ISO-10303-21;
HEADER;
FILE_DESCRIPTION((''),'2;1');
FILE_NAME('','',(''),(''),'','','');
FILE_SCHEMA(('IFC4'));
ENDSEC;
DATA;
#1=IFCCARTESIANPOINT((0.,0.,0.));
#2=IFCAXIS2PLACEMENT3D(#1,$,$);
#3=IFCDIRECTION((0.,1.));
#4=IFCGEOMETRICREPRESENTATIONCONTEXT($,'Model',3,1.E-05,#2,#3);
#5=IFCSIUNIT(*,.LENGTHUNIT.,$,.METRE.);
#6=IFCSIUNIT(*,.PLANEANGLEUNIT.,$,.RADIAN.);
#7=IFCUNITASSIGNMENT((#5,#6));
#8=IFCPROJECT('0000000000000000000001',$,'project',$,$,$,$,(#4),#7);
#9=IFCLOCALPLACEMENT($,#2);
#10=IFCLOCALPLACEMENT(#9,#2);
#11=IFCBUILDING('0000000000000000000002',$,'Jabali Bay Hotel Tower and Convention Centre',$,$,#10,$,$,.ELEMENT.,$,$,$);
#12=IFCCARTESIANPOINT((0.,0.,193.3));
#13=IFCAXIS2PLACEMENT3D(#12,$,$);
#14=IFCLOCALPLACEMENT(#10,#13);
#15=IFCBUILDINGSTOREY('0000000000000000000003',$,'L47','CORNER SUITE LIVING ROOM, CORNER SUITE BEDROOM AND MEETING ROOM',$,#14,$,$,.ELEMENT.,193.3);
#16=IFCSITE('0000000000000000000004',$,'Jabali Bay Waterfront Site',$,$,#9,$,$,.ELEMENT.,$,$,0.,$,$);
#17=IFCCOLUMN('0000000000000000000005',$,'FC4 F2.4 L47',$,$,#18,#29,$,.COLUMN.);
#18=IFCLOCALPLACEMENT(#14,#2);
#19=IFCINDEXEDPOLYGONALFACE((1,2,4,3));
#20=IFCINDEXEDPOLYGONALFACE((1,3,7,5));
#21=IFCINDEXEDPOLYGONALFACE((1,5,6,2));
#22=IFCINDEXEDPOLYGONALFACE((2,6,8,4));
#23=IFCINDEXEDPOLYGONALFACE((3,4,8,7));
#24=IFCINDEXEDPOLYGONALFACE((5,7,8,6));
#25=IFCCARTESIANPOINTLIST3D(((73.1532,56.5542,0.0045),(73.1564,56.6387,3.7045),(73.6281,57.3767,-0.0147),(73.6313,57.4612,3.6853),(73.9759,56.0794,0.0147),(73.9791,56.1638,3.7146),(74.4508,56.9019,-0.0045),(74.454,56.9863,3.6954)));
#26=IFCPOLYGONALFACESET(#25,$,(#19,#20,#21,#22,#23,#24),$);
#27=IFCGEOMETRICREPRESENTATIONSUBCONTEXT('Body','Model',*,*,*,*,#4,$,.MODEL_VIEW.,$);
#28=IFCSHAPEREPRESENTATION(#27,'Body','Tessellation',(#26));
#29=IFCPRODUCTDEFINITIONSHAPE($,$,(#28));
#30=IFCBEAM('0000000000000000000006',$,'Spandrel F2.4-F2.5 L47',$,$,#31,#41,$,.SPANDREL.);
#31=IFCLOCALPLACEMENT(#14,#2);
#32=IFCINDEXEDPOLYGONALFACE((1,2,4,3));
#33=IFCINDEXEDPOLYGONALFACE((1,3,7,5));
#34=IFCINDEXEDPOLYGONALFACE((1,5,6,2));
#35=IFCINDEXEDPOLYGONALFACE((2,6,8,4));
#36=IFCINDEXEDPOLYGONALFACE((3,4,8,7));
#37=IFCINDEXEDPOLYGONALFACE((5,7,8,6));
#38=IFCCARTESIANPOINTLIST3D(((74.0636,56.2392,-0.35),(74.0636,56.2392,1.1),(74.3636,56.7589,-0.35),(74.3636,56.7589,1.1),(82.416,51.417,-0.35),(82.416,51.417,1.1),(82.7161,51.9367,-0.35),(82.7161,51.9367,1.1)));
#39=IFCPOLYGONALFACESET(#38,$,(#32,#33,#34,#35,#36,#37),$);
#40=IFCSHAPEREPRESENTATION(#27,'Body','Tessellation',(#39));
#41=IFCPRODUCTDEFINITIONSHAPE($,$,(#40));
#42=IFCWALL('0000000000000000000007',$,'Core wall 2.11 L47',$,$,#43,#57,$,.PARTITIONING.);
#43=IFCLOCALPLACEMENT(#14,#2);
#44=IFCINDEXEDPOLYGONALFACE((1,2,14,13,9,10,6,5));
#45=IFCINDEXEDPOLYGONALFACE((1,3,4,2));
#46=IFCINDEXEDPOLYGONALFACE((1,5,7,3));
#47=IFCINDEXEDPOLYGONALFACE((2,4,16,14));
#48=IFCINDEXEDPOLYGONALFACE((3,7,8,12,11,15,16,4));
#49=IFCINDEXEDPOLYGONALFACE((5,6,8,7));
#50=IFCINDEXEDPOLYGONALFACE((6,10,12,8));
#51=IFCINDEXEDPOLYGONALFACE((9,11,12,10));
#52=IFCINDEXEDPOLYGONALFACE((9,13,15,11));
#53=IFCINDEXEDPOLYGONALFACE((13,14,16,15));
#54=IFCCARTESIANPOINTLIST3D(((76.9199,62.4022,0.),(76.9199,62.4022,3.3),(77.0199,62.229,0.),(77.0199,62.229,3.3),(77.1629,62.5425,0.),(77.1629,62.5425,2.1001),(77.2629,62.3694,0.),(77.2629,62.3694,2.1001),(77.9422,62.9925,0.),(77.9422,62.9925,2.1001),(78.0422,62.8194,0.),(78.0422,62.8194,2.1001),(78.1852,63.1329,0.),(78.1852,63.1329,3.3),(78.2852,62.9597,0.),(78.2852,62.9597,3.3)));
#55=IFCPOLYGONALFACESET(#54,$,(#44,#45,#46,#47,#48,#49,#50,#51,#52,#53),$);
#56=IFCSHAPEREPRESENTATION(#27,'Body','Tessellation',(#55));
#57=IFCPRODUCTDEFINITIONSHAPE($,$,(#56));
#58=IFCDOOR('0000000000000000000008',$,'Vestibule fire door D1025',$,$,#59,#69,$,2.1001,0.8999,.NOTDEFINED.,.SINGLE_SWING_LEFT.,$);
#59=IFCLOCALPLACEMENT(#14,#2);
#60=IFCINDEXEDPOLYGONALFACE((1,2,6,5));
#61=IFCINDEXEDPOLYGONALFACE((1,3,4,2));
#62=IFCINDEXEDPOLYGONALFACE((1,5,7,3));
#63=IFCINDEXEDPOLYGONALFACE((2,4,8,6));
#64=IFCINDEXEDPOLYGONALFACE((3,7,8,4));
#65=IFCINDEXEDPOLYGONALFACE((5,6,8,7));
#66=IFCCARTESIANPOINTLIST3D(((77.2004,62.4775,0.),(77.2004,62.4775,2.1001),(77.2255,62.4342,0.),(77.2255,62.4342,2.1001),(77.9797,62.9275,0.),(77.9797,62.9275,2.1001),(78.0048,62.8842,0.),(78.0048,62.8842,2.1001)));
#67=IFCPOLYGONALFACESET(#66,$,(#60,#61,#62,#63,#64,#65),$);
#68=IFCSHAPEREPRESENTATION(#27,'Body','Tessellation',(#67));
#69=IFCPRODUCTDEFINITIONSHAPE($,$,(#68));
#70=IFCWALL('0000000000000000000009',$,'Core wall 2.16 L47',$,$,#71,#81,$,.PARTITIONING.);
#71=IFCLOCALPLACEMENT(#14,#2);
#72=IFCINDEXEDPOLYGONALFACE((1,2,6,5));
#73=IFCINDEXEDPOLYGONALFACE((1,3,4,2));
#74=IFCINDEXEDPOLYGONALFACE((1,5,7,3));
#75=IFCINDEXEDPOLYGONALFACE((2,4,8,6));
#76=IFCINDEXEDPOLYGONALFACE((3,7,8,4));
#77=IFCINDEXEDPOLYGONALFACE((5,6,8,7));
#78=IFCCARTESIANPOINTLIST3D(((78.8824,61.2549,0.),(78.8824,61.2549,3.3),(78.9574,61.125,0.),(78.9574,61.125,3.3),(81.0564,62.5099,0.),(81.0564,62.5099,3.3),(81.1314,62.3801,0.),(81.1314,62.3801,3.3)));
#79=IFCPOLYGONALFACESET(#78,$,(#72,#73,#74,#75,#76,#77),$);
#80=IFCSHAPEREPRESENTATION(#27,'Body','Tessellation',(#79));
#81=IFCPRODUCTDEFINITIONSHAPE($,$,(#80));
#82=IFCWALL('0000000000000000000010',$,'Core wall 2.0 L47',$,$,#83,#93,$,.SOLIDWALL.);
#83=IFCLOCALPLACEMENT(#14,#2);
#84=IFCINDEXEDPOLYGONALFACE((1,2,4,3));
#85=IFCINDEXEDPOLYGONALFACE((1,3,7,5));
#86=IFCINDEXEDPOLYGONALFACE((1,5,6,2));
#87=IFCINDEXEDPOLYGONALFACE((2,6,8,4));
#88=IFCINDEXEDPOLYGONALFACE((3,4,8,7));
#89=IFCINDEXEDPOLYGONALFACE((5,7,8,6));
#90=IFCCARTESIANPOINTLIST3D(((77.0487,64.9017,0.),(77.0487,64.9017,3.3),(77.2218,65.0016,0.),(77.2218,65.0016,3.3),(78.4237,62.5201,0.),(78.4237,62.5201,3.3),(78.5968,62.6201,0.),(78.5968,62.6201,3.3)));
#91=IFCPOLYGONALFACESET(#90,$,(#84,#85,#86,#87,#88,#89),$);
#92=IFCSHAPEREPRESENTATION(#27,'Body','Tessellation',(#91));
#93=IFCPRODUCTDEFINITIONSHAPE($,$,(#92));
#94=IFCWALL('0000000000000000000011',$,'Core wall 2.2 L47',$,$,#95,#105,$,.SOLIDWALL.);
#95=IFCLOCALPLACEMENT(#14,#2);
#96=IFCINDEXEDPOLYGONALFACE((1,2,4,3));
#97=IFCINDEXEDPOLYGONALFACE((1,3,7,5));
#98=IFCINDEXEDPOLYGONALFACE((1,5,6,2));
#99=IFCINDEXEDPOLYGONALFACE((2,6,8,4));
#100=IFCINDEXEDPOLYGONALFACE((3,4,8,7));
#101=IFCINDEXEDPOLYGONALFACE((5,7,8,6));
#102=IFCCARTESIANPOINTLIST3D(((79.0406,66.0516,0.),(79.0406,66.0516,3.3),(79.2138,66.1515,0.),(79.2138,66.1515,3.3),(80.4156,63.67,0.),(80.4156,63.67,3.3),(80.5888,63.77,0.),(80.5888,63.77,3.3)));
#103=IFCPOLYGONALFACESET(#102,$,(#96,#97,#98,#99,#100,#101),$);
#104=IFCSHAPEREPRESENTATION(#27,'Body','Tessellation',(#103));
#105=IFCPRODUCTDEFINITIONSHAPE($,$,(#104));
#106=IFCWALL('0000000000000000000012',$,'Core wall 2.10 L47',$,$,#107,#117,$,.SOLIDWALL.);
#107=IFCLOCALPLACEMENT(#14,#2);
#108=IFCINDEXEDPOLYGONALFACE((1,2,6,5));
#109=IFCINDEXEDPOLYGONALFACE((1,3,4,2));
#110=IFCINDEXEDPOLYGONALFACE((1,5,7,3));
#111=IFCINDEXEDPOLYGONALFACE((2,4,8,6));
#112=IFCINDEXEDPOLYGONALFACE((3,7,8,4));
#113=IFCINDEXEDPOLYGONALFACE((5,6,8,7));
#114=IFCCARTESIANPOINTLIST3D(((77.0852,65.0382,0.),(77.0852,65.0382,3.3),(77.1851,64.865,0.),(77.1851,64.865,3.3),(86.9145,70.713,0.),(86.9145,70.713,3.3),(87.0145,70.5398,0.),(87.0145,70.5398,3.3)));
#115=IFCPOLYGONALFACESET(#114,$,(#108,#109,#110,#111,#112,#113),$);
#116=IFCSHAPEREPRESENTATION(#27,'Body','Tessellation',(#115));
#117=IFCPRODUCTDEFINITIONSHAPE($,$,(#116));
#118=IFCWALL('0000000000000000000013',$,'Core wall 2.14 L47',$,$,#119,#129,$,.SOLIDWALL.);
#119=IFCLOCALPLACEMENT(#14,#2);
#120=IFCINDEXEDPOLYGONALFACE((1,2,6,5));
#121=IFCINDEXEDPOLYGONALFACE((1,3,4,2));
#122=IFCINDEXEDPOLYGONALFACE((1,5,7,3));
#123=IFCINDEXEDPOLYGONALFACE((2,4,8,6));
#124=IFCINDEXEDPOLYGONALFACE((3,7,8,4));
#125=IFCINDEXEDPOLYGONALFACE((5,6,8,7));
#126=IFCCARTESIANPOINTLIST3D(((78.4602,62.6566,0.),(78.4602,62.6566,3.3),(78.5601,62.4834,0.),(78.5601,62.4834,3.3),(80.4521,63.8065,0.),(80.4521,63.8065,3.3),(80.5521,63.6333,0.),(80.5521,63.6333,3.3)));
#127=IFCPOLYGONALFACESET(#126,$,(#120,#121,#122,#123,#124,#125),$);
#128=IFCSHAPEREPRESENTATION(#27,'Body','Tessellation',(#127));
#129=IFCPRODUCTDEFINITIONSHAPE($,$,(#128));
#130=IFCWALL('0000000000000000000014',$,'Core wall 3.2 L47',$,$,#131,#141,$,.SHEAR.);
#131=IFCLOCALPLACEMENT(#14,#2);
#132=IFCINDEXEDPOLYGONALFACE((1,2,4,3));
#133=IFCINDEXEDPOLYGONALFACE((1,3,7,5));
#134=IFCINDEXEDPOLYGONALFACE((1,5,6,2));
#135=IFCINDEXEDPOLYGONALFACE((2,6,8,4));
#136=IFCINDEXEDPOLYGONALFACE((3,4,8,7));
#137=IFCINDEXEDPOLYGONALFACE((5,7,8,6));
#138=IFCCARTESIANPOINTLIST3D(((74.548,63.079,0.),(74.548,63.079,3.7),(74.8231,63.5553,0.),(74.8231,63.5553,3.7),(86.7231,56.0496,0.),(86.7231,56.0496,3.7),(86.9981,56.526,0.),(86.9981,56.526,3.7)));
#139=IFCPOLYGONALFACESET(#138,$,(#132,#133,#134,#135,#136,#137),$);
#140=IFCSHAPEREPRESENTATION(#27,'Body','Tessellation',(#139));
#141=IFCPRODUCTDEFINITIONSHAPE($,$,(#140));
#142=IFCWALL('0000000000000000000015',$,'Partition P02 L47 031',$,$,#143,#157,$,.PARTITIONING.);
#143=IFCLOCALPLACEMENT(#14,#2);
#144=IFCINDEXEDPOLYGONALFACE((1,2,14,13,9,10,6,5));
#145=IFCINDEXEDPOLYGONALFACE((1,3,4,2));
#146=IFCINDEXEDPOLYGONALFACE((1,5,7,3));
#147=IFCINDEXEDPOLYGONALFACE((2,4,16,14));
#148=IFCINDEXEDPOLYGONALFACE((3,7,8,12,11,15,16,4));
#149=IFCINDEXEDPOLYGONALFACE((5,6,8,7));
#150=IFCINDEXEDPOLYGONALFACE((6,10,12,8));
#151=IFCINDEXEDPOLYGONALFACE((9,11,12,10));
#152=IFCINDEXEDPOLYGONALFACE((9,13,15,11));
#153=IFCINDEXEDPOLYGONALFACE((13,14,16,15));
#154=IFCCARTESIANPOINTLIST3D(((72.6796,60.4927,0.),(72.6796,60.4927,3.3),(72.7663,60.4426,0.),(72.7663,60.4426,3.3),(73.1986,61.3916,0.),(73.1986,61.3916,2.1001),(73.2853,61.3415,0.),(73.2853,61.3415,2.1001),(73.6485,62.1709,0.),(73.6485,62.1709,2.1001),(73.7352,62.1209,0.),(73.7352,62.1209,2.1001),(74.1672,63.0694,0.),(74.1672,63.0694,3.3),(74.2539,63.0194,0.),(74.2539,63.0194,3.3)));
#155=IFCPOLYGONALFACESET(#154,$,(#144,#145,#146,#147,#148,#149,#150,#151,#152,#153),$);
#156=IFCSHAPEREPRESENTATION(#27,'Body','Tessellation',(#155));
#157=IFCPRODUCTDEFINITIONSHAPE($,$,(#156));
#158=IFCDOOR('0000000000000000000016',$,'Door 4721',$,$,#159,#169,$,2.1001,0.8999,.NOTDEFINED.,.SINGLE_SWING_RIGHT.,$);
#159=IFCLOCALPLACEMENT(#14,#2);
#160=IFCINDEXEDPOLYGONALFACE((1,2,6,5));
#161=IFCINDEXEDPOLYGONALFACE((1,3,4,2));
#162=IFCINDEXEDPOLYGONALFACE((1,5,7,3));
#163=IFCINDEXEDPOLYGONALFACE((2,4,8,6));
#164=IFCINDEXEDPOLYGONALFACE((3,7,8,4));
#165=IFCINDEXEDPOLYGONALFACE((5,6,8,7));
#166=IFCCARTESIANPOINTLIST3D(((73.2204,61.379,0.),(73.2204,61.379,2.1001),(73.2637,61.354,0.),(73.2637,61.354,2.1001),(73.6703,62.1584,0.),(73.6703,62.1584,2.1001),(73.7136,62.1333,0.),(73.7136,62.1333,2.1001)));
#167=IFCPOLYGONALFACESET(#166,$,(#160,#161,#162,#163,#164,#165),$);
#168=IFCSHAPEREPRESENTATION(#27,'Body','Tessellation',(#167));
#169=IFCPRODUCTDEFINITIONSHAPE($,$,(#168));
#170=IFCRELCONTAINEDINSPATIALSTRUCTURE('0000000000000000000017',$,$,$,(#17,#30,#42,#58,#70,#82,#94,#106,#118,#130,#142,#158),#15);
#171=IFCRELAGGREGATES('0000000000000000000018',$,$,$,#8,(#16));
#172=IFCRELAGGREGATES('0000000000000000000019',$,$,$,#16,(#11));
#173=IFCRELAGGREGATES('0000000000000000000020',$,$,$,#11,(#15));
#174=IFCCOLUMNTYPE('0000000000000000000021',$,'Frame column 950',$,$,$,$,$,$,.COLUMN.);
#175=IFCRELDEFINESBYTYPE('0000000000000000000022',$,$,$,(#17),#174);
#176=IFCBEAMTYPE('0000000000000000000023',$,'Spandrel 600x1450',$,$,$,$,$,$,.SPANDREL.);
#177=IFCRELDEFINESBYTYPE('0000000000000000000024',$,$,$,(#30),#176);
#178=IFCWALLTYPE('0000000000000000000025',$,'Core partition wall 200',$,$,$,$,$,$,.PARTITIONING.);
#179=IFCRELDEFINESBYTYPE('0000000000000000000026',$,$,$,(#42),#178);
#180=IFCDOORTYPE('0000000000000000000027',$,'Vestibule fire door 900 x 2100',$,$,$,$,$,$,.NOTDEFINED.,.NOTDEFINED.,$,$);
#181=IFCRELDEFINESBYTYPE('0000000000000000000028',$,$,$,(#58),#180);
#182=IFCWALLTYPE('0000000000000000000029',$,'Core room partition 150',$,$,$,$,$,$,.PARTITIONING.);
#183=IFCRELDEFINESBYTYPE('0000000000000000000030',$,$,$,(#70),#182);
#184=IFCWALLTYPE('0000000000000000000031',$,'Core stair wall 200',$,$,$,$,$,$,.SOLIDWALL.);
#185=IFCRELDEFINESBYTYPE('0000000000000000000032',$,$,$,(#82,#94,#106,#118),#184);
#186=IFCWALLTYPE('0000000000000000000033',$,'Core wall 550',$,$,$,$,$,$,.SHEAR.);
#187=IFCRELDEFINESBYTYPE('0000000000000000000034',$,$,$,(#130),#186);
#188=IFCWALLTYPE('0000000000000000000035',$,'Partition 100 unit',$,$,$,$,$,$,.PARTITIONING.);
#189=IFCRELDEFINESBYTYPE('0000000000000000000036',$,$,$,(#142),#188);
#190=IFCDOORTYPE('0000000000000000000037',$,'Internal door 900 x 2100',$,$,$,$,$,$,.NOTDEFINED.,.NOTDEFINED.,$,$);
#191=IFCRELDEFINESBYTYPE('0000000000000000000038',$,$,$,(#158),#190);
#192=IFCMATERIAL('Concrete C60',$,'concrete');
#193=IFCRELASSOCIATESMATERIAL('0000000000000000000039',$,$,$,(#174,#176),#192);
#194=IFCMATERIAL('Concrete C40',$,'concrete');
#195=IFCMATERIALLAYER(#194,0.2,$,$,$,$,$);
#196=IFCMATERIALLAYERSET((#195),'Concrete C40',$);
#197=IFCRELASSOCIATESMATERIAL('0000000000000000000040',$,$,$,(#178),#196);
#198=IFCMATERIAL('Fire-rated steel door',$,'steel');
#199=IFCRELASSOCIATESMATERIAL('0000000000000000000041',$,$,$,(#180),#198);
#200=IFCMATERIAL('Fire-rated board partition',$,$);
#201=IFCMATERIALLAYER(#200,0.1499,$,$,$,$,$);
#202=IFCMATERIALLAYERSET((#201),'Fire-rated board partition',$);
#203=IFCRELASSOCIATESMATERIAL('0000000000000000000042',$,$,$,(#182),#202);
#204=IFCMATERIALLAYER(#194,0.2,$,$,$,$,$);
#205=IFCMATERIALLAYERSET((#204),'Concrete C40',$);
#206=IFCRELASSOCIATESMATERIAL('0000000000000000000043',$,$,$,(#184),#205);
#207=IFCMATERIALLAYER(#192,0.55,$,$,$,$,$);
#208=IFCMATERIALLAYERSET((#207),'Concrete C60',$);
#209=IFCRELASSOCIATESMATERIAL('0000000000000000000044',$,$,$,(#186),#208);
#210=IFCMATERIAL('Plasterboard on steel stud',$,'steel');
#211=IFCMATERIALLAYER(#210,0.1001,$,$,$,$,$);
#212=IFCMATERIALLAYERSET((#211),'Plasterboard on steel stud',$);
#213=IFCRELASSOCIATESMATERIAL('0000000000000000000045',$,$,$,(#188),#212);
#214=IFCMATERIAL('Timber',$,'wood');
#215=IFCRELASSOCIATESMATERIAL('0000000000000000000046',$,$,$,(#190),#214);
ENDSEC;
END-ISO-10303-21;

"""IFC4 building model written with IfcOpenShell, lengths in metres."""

from ifc_helpers import new_model, si_unit, direction, frame, frame_2d, origin, origin_2d, place, context, subcontext, project, spatial, rectangle, extrude, material, layer, layer_set, material_profile, profile_set, type_object, element, fill, save


model = new_model("IFC4")

# Units and contexts
model_context = context("Model", 3, precision=1e-05, world=origin(), true_north=direction((0.0, 1.0)))
body_context = subcontext(model_context, "Body", "Model", "MODEL_VIEW")
ifc_project = project(units=[si_unit("LENGTHUNIT", "METRE"), si_unit("PLANEANGLEUNIT", "RADIAN")], contexts=[model_context])

# Site, building, storey
site_placement = place(None, origin())
site = spatial("IfcSite", under=ifc_project, at=site_placement, Name="Jabali Bay Waterfront Site", CompositionType="ELEMENT", RefElevation=0.0)
building_placement = place(site_placement, origin())
building = spatial("IfcBuilding", under=site, at=building_placement, Name="Jabali Bay Hotel Tower and Convention Centre", CompositionType="ELEMENT")
storey_placement = place(building_placement, frame((0.0, 0.0, 193.3)))
storey = spatial("IfcBuildingStorey", under=building, at=storey_placement, Name="L47", Description="CORNER SUITE LIVING ROOM, CORNER SUITE BEDROOM AND MEETING ROOM", CompositionType="ELEMENT", Elevation=193.3)

# Column
ifc_material_1 = material(Name="Concrete C60", Category="concrete")
ifc_material_profile_1 = material_profile(ifc_material_1, rectangle(XDim=0.95, YDim=0.95, at=origin_2d()), Name="Frame column 950")
ifc_profile_set_1 = profile_set([ifc_material_profile_1], Name="Concrete C60")
column_type = type_object("IfcColumnType", Name="Frame column 950", PredefinedType="COLUMN", material=ifc_profile_set_1)
column_placement = place(storey_placement, frame((73.802, 56.728, 0.0), z_axis=(0.000858, 0.022825, 0.999739), x_axis=(-0.499949, -0.865819, 0.020196)))
element("IfcColumn", 1, at=column_placement, inside=storey, type_object=column_type, Name="FC4 F2.4 L47", PredefinedType="COLUMN", context=body_context, shape_type="SweptSolid", body=[
    extrude(rectangle(XDim=0.95, YDim=0.95, at=origin_2d()), origin(), (0.0, 0.0, 1.0), 3.7009),
])

# Beam
ifc_material_profile_2 = material_profile(ifc_material_1, rectangle(XDim=0.6001, YDim=1.45, at=origin_2d()), Name="Spandrel 600x1450")
ifc_profile_set_2 = profile_set([ifc_material_profile_2], Name="Concrete C60")
beam_type = type_object("IfcBeamType", Name="Spandrel 600x1450", PredefinedType="SPANDREL", material=ifc_profile_set_2)
beam_placement = place(storey_placement, frame((74.2136, 56.499, 0.375), z_axis=(0.866029, -0.499994, 0.0), x_axis=(0.499994, 0.866029, 0.0)))
element("IfcBeam", 2, at=beam_placement, inside=storey, type_object=beam_type, Name="Spandrel F2.4-F2.5 L47", PredefinedType="SPANDREL", context=body_context, shape_type="SweptSolid", body=[
    extrude(rectangle(XDim=0.6001, YDim=1.45, at=origin_2d()), origin(), (0.0, 0.0, 1.0), 9.6445),
])

# Wall, opening, door
ifc_material_2 = material(Name="Concrete C40", Category="concrete")
ifc_layer_1 = layer(ifc_material_2, 0.2)
ifc_layer_set_1 = layer_set([ifc_layer_1], Name="Concrete C40")
wall_type_1 = type_object("IfcWallType", Name="Core partition wall 200", PredefinedType="PARTITIONING", material=ifc_layer_set_1)
wall_1_placement = place(storey_placement, frame((76.97, 62.3157, 0.0), z_axis=(0.0, 0.0, 1.0), x_axis=(0.865982, 0.500074, 0.0)))
wall_1 = element("IfcWall", 3, at=wall_1_placement, inside=storey, type_object=wall_type_1, Name="Core wall 2.11 L47", PredefinedType="PARTITIONING", context=body_context, shape_type="SweptSolid", body=[
    extrude(rectangle(XDim=1.4612, YDim=0.2, at=frame_2d((0.7305, 0.0))), origin(), (0.0, 0.0, 1.0), 3.3),
])
opening_1_placement = place(wall_1_placement, frame((0.2805, 0.0, 0.0)))
opening_1 = element("IfcOpeningElement", 4, at=opening_1_placement, cuts=wall_1, PredefinedType="OPENING", context=body_context, shape_type="SweptSolid", body=[
    extrude(rectangle(XDim=0.8999, YDim=2.1001, at=frame_2d((0.45, 1.05))), frame((0.0, 0.1104, 0.0), z_axis=(0.0, -1.0, 0.0), x_axis=(1.0, 0.0, 0.0)), (0.0, 0.0, 1.0), 0.2209),
])
ifc_material_3 = material(Name="Fire-rated steel door", Category="steel")
door_type_1 = type_object("IfcDoorType", Name="Vestibule fire door 900 x 2100", OperationType="NOTDEFINED", PredefinedType="NOTDEFINED", material=ifc_material_3)
door_1_placement = place(opening_1_placement, origin())
door_1 = element("IfcDoor", 5, at=door_1_placement, inside=storey, type_object=door_type_1, Name="Vestibule fire door D1025", OperationType="SINGLE_SWING_LEFT", OverallHeight=2.1001, OverallWidth=0.8999, PredefinedType="NOTDEFINED", context=body_context, shape_type="SweptSolid", body=[
    extrude(rectangle(XDim=0.8999, YDim=2.1001, at=frame_2d((0.45, 1.05))), frame((0.0, 0.0249, 0.0), z_axis=(0.0, -1.0, 0.0), x_axis=(1.0, 0.0, 0.0)), (0.0, 0.0, 1.0), 0.05),
])
fill(opening_1, door_1)

# Walls
ifc_material_4 = material(Name="Fire-rated board partition")
ifc_layer_2 = layer(ifc_material_4, 0.1499)
ifc_layer_set_2 = layer_set([ifc_layer_2], Name="Fire-rated board partition")
wall_type_2 = type_object("IfcWallType", Name="Core room partition 150", PredefinedType="PARTITIONING", material=ifc_layer_set_2)
wall_2_placement = place(storey_placement, frame((78.9199, 61.1899, 0.0), z_axis=(0.0, 0.0, 1.0), x_axis=(0.866038, 0.499978, 0.0)))
element("IfcWall", 6, at=wall_2_placement, inside=storey, type_object=wall_type_2, Name="Core wall 2.16 L47", PredefinedType="PARTITIONING", context=body_context, shape_type="SweptSolid", body=[
    extrude(rectangle(XDim=2.5103, YDim=0.1499, at=frame_2d((1.2551, 0.0))), origin(), (0.0, 0.0, 1.0), 3.3),
])
ifc_layer_3 = layer(ifc_material_2, 0.2)
ifc_layer_set_3 = layer_set([ifc_layer_3], Name="Concrete C40")
wall_type_3 = type_object("IfcWallType", Name="Core stair wall 200", PredefinedType="SOLIDWALL", material=ifc_layer_set_3)
for number, where, z_axis, x_axis, name in (
    (7, (77.1353, 64.9517, 0.0), (0.0, 0.0, 1.0), (0.499997, -0.866027, 0.0), "Core wall 2.0 L47"),
    (8, (79.1272, 66.1016, 0.0), (0.0, 0.0, 1.0), (0.499997, -0.866027, 0.0), "Core wall 2.2 L47"),
):
    element("IfcWall", number, at=place(storey_placement, frame(where, z_axis=z_axis, x_axis=x_axis)), inside=storey, type_object=wall_type_3, Name=name, PredefinedType="SOLIDWALL", context=body_context, shape_type="SweptSolid", body=[
        extrude(rectangle(XDim=2.75, YDim=0.2, at=frame_2d((1.375, 0.0))), origin(), (0.0, 0.0, 1.0), 3.3),
    ])
wall_3_placement = place(storey_placement, frame((77.1353, 64.9517, 0.0), z_axis=(0.0, 0.0, 1.0), x_axis=(0.866032, 0.499989, 0.0)))
element("IfcWall", 9, at=wall_3_placement, inside=storey, type_object=wall_type_3, Name="Core wall 2.10 L47", PredefinedType="SOLIDWALL", context=body_context, shape_type="SweptSolid", body=[
    extrude(rectangle(XDim=11.3499, YDim=0.2, at=frame_2d((5.6748, 0.0))), origin(), (0.0, 0.0, 1.0), 3.3),
])
wall_4_placement = place(storey_placement, frame((78.5103, 62.5701, 0.0), z_axis=(0.0, 0.0, 1.0), x_axis=(0.866053, 0.499952, 0.0)))
element("IfcWall", 10, at=wall_4_placement, inside=storey, type_object=wall_type_3, Name="Core wall 2.14 L47", PredefinedType="SOLIDWALL", context=body_context, shape_type="SweptSolid", body=[
    extrude(rectangle(XDim=2.3, YDim=0.2, at=frame_2d((1.1499, 0.0))), origin(), (0.0, 0.0, 1.0), 3.3),
])
ifc_layer_4 = layer(ifc_material_1, 0.55)
ifc_layer_set_4 = layer_set([ifc_layer_4], Name="Concrete C60")
wall_type_4 = type_object("IfcWallType", Name="Core wall 550", PredefinedType="SHEAR", material=ifc_layer_set_4)
wall_5_placement = place(storey_placement, frame((74.6855, 63.3171, 0.0), z_axis=(0.0, 0.0, 1.0), x_axis=(0.866025, -0.500002, 0.0)))
element("IfcWall", 11, at=wall_5_placement, inside=storey, type_object=wall_type_4, Name="Core wall 3.2 L47", PredefinedType="SHEAR", context=body_context, shape_type="SweptSolid", body=[
    extrude(rectangle(XDim=14.0586, YDim=0.55, at=frame_2d((7.0293, 0.0))), origin(), (0.0, 0.0, 1.0), 3.7),
])

# Wall, opening, door
ifc_material_5 = material(Name="Plasterboard on steel stud", Category="steel")
ifc_layer_5 = layer(ifc_material_5, 0.1001)
ifc_layer_set_5 = layer_set([ifc_layer_5], Name="Plasterboard on steel stud")
wall_type_5 = type_object("IfcWallType", Name="Partition 100 unit", PredefinedType="PARTITIONING", material=ifc_layer_set_5)
wall_6_placement = place(storey_placement, frame((72.7229, 60.4675, 0.0), z_axis=(0.0, 0.0, 1.0), x_axis=(0.499978, 0.866038, 0.0)))
wall_6 = element("IfcWall", 12, at=wall_6_placement, inside=storey, type_object=wall_type_5, Name="Partition P02 L47 031", PredefinedType="PARTITIONING", context=body_context, shape_type="SweptSolid", body=[
    extrude(rectangle(XDim=2.9753, YDim=0.1001, at=frame_2d((1.4878, 0.0))), origin(), (0.0, 0.0, 1.0), 3.3),
])
opening_2_placement = place(wall_6_placement, frame((1.0381, 0.0, 0.0)))
opening_2 = element("IfcOpeningElement", 13, at=opening_2_placement, cuts=wall_6, PredefinedType="OPENING", context=body_context, shape_type="SweptSolid", body=[
    extrude(rectangle(XDim=0.8999, YDim=2.1001, at=frame_2d((0.45, 1.05))), frame((0.0, 0.0605, 0.0), z_axis=(0.0, -1.0, 0.0), x_axis=(1.0, 0.0, 0.0)), (0.0, 0.0, 1.0), 0.1211),
])
ifc_material_6 = material(Name="Timber", Category="wood")
door_type_2 = type_object("IfcDoorType", Name="Internal door 900 x 2100", OperationType="NOTDEFINED", PredefinedType="NOTDEFINED", material=ifc_material_6)
door_2_placement = place(opening_2_placement, origin())
door_2 = element("IfcDoor", 14, at=door_2_placement, inside=storey, type_object=door_type_2, Name="Door 4721", OperationType="SINGLE_SWING_RIGHT", OverallHeight=2.1001, OverallWidth=0.8999, PredefinedType="NOTDEFINED", context=body_context, shape_type="SweptSolid", body=[
    extrude(rectangle(XDim=0.8999, YDim=2.1001, at=frame_2d((0.45, 1.05))), frame((0.0, 0.0249, 0.0), z_axis=(0.0, -1.0, 0.0), x_axis=(1.0, 0.0, 0.0)), (0.0, 0.0, 1.0), 0.05),
])
fill(opening_2, door_2)

save(model, "model.ifc")
